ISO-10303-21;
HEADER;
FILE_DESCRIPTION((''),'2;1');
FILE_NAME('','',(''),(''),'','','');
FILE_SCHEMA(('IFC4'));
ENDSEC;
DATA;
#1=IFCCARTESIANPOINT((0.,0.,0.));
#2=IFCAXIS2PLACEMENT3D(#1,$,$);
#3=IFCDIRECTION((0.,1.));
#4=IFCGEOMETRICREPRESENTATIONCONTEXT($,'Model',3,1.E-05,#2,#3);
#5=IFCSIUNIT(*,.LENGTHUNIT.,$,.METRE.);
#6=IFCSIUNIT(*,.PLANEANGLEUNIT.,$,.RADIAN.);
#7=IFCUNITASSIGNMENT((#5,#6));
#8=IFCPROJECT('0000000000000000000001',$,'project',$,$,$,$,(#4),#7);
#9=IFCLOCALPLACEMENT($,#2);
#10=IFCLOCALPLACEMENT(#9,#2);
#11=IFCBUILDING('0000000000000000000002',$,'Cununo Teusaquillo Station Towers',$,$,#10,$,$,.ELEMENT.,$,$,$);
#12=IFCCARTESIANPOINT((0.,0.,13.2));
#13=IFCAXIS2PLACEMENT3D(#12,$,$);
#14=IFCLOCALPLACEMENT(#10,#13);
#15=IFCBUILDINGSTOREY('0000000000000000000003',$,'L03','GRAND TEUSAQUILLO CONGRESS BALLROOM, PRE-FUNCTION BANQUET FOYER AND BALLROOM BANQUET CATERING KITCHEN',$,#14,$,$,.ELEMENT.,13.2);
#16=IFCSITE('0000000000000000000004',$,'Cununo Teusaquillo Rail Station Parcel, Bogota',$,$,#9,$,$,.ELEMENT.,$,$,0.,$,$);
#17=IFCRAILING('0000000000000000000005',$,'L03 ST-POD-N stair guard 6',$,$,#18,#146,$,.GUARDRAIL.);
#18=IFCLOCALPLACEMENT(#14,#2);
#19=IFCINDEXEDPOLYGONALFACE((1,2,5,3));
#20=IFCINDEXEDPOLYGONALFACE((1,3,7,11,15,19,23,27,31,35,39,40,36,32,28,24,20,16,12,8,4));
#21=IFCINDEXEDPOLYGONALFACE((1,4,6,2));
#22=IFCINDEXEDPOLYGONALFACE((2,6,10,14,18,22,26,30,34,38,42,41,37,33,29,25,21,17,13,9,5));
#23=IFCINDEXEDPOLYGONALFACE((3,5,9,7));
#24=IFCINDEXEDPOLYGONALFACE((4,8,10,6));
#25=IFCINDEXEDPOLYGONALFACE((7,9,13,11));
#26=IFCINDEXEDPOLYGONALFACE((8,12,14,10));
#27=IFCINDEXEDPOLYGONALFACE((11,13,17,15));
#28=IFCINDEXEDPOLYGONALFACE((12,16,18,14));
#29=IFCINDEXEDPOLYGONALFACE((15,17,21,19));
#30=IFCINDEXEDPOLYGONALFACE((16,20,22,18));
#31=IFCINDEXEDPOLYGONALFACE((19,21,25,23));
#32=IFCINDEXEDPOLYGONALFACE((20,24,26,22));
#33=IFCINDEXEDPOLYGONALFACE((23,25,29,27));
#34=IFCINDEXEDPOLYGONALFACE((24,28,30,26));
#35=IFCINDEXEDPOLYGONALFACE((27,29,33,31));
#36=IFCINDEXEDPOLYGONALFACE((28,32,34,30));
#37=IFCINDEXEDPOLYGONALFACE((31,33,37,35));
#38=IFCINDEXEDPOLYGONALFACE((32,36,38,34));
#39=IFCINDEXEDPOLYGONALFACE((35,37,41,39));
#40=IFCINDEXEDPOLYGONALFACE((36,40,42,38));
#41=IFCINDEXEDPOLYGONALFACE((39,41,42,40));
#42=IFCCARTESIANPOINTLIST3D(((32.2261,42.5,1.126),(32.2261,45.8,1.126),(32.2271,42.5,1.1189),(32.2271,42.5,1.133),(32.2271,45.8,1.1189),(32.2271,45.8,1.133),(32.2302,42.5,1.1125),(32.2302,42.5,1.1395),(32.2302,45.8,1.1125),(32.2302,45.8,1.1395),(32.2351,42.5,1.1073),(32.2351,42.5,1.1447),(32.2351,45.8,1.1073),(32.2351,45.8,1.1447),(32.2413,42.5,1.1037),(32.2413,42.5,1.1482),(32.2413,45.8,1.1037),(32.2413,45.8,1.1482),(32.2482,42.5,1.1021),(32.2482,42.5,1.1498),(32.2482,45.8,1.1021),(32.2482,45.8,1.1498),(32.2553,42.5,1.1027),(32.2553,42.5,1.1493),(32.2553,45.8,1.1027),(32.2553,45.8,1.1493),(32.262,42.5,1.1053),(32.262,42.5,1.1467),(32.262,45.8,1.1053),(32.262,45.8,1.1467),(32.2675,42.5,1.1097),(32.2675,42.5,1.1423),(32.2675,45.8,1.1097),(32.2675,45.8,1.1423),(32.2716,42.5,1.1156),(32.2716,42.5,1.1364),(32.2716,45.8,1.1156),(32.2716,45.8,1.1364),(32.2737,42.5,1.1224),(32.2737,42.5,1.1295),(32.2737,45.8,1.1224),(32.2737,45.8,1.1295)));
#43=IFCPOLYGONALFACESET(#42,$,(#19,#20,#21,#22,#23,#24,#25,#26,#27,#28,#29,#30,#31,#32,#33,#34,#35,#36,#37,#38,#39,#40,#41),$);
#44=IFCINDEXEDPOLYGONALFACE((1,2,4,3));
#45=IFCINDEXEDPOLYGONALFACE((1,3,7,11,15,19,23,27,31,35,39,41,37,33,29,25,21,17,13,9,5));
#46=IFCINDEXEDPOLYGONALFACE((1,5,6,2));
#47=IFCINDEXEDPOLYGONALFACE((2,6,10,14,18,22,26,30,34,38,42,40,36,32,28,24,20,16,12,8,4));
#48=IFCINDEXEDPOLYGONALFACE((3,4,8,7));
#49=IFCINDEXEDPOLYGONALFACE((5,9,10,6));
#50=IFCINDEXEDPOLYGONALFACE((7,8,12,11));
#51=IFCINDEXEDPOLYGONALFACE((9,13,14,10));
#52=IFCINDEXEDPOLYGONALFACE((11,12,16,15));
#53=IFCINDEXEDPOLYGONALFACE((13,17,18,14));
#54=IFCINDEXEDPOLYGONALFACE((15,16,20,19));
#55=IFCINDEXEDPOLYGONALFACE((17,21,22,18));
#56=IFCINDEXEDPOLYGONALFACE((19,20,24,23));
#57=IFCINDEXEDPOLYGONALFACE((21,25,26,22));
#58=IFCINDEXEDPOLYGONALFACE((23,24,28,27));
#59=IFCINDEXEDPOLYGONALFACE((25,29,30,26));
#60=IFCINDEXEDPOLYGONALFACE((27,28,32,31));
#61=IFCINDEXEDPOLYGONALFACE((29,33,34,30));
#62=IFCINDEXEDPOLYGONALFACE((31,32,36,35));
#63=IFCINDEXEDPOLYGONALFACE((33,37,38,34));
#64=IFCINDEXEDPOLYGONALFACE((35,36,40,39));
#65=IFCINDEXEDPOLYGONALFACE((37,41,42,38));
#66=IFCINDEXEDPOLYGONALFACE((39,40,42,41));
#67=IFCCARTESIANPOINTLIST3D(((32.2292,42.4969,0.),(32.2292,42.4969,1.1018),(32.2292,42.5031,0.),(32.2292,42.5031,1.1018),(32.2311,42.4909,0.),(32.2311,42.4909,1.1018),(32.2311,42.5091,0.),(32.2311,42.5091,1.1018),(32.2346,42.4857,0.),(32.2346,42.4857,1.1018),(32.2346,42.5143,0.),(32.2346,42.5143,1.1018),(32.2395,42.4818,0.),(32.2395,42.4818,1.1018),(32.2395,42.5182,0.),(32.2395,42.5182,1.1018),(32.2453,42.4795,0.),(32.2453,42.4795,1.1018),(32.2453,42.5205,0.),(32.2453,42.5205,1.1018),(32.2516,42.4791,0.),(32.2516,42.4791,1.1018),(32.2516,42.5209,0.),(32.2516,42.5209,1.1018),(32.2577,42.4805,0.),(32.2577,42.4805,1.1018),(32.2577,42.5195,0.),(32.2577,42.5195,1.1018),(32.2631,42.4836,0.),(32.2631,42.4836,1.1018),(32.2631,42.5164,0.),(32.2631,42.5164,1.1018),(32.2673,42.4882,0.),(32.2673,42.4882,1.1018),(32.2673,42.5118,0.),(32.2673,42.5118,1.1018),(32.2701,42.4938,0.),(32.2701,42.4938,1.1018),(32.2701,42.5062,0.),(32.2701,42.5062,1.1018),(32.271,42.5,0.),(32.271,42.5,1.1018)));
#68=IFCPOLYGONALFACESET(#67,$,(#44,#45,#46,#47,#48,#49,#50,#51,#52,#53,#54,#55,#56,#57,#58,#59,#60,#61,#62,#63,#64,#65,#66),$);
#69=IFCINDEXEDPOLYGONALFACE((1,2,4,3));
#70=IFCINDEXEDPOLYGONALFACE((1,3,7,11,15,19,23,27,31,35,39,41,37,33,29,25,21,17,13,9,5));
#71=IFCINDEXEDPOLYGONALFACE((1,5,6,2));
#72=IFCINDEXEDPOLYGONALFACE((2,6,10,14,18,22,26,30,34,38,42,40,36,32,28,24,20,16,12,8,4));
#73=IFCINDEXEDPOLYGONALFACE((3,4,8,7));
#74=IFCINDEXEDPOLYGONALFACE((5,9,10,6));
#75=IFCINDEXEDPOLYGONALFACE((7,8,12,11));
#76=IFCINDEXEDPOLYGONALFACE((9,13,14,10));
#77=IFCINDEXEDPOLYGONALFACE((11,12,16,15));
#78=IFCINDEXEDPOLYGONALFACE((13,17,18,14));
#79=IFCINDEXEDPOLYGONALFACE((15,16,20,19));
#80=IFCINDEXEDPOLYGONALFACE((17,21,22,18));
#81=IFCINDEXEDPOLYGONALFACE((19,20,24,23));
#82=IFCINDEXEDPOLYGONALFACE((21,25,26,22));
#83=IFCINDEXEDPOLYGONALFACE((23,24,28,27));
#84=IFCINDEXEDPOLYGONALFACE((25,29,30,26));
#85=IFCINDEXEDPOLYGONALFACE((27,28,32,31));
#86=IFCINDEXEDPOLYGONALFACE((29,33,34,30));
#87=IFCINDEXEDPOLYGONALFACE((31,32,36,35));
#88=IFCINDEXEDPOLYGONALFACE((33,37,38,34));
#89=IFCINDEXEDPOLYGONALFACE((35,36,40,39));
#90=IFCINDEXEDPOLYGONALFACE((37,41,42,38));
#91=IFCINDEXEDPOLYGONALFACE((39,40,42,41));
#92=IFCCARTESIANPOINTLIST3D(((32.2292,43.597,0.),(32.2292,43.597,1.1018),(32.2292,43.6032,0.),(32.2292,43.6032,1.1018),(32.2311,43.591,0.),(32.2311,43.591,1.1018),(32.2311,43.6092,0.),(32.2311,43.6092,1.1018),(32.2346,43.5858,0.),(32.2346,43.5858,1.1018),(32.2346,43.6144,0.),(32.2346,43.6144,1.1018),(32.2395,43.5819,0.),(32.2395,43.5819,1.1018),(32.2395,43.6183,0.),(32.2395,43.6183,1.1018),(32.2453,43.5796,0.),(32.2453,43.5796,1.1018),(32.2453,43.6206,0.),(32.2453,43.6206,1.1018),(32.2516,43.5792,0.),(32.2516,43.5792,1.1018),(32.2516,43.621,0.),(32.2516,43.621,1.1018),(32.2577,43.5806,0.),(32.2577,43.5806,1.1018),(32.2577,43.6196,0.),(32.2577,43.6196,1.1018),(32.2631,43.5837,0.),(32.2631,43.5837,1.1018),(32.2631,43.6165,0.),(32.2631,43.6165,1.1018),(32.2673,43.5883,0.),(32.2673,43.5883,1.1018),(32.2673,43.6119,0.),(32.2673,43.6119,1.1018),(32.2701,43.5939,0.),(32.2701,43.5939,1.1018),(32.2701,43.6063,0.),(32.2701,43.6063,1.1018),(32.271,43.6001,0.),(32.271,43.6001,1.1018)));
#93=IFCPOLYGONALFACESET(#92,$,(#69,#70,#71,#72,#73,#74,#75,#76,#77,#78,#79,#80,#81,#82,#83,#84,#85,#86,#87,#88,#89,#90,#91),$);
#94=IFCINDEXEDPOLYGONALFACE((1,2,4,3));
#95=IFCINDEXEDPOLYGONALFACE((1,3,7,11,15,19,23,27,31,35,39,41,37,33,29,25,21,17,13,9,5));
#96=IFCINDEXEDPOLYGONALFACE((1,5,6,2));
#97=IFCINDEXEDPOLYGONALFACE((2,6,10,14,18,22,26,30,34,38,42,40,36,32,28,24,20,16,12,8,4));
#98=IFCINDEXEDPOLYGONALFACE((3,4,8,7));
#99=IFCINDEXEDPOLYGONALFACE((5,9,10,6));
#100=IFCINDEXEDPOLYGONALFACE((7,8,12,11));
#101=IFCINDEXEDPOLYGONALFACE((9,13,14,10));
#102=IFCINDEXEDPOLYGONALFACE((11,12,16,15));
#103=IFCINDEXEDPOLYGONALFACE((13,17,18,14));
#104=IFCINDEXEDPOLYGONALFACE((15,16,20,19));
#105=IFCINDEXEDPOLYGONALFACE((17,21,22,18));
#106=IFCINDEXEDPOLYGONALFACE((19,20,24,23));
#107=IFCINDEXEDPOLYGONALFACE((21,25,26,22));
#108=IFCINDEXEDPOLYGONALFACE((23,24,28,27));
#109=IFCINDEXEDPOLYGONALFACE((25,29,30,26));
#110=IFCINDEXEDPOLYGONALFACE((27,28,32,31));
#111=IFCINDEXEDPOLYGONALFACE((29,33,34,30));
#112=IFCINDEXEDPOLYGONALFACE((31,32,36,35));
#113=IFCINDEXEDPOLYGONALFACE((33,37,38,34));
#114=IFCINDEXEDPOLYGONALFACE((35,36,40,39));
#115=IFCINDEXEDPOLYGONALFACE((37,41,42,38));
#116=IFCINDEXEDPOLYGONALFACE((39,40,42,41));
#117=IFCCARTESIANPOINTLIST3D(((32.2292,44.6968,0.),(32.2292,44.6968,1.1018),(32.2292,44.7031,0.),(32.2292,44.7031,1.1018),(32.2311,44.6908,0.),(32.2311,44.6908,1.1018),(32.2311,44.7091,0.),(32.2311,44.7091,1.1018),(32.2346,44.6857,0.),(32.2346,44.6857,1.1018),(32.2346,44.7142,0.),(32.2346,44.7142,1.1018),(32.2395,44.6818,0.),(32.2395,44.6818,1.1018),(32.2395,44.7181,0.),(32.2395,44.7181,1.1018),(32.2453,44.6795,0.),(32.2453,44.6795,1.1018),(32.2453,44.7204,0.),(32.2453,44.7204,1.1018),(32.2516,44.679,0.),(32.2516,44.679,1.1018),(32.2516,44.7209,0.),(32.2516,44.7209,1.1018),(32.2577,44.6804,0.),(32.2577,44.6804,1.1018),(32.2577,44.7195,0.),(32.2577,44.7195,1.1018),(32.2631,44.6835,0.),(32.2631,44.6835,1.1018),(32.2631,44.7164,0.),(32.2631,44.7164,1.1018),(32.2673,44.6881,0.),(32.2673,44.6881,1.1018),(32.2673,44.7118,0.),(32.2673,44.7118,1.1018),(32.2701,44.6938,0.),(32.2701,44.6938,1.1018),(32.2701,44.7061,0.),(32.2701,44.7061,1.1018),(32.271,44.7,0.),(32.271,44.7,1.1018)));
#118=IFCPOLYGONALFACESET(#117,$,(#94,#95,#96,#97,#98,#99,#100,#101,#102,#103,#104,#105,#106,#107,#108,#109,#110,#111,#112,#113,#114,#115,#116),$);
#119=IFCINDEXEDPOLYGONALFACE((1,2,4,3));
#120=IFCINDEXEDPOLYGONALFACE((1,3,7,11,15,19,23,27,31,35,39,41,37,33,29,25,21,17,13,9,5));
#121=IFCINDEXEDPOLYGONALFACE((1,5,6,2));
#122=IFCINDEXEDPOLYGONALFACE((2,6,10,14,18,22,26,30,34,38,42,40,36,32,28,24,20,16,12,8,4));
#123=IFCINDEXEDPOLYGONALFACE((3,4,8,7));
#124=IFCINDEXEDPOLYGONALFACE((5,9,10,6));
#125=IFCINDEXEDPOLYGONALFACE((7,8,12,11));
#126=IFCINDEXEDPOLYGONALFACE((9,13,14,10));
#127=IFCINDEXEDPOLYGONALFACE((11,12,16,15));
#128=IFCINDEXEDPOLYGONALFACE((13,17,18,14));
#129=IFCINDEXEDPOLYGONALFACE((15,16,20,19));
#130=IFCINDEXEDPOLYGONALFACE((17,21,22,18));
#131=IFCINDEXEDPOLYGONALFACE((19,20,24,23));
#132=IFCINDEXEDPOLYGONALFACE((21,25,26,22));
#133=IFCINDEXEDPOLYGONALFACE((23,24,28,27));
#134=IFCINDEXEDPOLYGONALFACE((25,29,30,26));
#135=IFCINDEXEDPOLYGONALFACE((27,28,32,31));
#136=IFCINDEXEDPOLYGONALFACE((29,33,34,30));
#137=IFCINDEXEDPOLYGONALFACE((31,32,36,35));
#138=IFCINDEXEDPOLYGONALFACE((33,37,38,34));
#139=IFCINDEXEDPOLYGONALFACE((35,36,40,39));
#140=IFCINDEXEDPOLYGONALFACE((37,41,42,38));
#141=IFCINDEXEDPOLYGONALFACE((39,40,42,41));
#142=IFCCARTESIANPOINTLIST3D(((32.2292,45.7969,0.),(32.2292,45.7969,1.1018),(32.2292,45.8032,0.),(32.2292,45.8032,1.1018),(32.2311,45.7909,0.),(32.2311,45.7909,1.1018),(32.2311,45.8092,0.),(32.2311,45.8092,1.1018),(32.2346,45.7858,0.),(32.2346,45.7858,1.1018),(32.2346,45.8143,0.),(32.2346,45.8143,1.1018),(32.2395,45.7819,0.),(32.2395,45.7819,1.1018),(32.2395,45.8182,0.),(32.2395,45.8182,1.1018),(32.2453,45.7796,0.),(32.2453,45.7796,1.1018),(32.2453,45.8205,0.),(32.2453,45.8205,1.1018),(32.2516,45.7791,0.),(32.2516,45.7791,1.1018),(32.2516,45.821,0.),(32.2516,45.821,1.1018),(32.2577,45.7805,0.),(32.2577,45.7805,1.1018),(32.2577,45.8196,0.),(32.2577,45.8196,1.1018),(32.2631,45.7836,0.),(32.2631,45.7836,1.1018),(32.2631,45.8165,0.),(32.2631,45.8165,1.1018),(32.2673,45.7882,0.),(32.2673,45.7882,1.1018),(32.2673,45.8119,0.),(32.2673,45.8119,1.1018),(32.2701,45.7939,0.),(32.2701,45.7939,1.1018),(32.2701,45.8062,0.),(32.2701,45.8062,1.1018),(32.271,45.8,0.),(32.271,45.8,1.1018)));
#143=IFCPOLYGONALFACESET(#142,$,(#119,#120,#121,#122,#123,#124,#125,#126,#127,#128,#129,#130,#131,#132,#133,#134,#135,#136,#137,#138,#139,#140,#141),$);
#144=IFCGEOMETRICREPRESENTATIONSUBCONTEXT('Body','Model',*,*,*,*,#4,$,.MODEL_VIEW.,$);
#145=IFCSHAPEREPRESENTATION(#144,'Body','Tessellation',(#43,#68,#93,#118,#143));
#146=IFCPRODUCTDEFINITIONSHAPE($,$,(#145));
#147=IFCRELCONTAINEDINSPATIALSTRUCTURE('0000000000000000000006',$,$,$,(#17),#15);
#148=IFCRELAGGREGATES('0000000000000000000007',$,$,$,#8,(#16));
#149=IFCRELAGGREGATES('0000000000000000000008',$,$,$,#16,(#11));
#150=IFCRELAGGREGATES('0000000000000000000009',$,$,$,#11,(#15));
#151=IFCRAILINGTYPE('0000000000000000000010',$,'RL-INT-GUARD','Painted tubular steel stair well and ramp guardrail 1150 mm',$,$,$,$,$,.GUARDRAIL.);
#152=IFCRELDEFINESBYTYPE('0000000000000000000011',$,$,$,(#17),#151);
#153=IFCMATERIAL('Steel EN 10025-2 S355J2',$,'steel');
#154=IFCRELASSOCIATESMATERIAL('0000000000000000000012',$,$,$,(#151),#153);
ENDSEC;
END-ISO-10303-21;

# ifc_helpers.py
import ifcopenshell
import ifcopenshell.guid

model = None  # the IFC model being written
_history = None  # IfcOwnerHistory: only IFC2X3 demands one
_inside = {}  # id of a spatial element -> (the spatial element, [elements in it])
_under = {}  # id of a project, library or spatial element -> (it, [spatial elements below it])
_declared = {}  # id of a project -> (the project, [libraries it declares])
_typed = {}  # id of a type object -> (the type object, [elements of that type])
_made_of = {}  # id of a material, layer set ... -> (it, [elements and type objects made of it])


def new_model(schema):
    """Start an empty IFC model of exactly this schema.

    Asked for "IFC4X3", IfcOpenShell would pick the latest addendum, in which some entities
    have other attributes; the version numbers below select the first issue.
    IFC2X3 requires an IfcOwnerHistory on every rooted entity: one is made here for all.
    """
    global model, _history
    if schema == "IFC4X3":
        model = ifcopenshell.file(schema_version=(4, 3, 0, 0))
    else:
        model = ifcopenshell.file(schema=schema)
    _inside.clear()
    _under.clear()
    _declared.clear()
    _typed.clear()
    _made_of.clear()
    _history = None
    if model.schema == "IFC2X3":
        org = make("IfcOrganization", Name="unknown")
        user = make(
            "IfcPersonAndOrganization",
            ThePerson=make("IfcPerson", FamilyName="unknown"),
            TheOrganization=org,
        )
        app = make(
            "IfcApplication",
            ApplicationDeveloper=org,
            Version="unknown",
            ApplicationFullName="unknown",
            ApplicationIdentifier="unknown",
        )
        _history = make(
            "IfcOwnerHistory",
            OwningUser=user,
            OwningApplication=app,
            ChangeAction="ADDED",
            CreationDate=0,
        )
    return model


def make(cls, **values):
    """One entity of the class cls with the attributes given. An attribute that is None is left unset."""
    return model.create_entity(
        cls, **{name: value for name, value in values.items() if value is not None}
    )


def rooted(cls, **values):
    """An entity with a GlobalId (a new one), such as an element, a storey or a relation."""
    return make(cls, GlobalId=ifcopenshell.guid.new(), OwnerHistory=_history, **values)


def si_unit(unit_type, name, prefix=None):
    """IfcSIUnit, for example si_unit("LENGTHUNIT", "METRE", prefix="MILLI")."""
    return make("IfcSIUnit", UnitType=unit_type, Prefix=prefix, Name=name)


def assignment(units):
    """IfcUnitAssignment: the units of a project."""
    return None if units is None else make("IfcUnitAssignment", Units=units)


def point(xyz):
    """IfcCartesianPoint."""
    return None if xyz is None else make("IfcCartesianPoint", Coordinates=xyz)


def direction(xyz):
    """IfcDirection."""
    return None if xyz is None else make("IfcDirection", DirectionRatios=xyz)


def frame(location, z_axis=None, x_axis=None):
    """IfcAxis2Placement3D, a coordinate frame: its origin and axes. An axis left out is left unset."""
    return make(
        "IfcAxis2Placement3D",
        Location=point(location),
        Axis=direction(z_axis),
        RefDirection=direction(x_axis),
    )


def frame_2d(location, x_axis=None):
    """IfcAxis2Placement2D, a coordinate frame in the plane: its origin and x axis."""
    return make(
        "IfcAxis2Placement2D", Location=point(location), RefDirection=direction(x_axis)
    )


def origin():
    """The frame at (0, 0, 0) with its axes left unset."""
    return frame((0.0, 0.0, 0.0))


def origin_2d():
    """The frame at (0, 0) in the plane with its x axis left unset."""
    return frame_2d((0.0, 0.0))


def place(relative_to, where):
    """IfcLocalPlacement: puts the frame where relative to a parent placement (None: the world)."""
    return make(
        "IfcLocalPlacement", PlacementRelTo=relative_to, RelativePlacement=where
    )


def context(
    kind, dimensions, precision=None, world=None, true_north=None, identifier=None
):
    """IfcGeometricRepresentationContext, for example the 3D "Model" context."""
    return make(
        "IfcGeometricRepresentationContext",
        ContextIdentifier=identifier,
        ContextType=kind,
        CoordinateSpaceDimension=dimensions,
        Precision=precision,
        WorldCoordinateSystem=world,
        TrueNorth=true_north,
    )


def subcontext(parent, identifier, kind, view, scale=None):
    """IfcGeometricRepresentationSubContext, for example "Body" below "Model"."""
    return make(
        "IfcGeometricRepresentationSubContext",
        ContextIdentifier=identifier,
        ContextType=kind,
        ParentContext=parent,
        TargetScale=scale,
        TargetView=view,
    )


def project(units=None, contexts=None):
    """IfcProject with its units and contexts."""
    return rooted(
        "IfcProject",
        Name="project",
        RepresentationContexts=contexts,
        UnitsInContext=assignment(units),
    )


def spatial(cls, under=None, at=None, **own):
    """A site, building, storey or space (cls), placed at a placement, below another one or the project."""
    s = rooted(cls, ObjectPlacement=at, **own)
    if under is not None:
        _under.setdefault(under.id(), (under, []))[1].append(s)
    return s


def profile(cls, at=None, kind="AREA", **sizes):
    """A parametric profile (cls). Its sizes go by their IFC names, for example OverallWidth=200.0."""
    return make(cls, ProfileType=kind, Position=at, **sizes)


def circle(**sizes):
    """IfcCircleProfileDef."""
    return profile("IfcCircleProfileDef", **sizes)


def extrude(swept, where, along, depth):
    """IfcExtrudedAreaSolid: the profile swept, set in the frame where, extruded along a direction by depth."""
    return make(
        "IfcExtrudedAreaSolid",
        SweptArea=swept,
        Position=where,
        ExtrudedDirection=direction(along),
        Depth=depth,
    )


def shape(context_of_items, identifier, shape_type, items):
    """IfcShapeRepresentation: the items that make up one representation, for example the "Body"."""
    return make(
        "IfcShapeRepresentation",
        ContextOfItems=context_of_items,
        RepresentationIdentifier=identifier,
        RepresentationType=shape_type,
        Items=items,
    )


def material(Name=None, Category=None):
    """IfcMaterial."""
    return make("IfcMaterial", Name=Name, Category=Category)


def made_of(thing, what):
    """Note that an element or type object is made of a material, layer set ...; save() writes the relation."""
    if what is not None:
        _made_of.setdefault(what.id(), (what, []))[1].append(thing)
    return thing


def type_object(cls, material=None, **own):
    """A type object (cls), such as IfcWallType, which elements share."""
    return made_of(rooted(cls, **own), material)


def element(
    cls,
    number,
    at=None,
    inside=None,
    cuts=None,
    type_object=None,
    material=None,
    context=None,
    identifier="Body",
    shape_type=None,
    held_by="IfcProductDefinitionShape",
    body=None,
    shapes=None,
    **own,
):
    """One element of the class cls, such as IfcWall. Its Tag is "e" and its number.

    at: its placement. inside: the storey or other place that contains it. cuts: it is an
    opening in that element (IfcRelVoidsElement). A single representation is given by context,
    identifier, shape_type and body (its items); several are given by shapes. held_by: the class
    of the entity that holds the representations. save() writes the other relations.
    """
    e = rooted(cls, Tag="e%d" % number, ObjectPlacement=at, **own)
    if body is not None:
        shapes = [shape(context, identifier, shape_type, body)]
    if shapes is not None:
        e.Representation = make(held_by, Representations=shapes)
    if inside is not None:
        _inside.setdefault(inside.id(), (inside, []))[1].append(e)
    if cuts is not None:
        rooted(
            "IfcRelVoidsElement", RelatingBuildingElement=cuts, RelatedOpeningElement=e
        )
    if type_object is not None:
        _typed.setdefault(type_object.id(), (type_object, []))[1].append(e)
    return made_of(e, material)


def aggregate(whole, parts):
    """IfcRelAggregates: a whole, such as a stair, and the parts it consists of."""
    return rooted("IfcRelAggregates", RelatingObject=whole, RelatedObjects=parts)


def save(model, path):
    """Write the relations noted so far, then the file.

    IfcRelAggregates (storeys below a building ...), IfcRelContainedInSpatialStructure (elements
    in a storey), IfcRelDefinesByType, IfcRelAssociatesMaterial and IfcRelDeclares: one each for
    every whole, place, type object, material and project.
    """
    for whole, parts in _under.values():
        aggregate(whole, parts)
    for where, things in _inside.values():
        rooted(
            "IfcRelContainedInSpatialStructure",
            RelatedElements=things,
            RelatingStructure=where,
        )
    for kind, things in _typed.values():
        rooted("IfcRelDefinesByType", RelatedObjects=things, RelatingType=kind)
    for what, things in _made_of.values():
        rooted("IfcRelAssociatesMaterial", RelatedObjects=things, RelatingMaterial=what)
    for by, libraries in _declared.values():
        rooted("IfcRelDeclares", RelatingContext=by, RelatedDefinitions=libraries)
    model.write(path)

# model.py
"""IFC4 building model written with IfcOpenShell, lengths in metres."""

from ifc_helpers import new_model, si_unit, direction, frame, origin, origin_2d, place, context, subcontext, project, spatial, circle, extrude, material, type_object, element, save


model = new_model("IFC4")

# Units and contexts
model_context = context("Model", 3, precision=1e-05, world=origin(), true_north=direction((0.0, 1.0)))
body_context = subcontext(model_context, "Body", "Model", "MODEL_VIEW")
ifc_project = project(units=[si_unit("LENGTHUNIT", "METRE"), si_unit("PLANEANGLEUNIT", "RADIAN")], contexts=[model_context])

# Site, building, storey
site_placement = place(None, origin())
site = spatial("IfcSite", under=ifc_project, at=site_placement, Name="Cununo Teusaquillo Rail Station Parcel, Bogota", CompositionType="ELEMENT", RefElevation=0.0)
building_placement = place(site_placement, origin())
building = spatial("IfcBuilding", under=site, at=building_placement, Name="Cununo Teusaquillo Station Towers", CompositionType="ELEMENT")
storey_placement = place(building_placement, frame((0.0, 0.0, 13.2)))
storey = spatial("IfcBuildingStorey", under=building, at=storey_placement, Name="L03", Description="GRAND TEUSAQUILLO CONGRESS BALLROOM, PRE-FUNCTION BANQUET FOYER AND BALLROOM BANQUET CATERING KITCHEN", CompositionType="ELEMENT", Elevation=13.2)

# Railing
ifc_material_1 = material(Name="Steel EN 10025-2 S355J2", Category="steel")
railing_type_1 = type_object("IfcRailingType", Name="RL-INT-GUARD", Description="Painted tubular steel stair well and ramp guardrail 1150 mm", PredefinedType="GUARDRAIL", material=ifc_material_1)
railing_1_placement = place(storey_placement, frame((32.25, 42.5, 0.0)))
element("IfcRailing", 1, at=railing_1_placement, inside=storey, type_object=railing_type_1, Name="L03 ST-POD-N stair guard 6", PredefinedType="GUARDRAIL", context=body_context, shape_type="SweptSolid", body=[
    extrude(circle(Radius=0.0239, at=origin_2d()), frame((0.0, 0.0, 1.126), z_axis=(0.0, 1.0, 0.0), x_axis=(-1.0, 0.0, 0.0)), (0.0, 0.0, 1.0), 3.3),
    extrude(circle(Radius=0.021, at=origin_2d()), origin(), (0.0, 0.0, 1.0), 1.1018),
    extrude(circle(Radius=0.021, at=origin_2d()), frame((0.0, 1.1001, 0.0)), (0.0, 0.0, 1.0), 1.1018),
    extrude(circle(Radius=0.021, at=origin_2d()), frame((0.0, 2.2, 0.0)), (0.0, 0.0, 1.0), 1.1018),
    extrude(circle(Radius=0.021, at=origin_2d()), frame((0.0, 3.3, 0.0)), (0.0, 0.0, 1.0), 1.1018),
])

save(model, "model.ifc")
